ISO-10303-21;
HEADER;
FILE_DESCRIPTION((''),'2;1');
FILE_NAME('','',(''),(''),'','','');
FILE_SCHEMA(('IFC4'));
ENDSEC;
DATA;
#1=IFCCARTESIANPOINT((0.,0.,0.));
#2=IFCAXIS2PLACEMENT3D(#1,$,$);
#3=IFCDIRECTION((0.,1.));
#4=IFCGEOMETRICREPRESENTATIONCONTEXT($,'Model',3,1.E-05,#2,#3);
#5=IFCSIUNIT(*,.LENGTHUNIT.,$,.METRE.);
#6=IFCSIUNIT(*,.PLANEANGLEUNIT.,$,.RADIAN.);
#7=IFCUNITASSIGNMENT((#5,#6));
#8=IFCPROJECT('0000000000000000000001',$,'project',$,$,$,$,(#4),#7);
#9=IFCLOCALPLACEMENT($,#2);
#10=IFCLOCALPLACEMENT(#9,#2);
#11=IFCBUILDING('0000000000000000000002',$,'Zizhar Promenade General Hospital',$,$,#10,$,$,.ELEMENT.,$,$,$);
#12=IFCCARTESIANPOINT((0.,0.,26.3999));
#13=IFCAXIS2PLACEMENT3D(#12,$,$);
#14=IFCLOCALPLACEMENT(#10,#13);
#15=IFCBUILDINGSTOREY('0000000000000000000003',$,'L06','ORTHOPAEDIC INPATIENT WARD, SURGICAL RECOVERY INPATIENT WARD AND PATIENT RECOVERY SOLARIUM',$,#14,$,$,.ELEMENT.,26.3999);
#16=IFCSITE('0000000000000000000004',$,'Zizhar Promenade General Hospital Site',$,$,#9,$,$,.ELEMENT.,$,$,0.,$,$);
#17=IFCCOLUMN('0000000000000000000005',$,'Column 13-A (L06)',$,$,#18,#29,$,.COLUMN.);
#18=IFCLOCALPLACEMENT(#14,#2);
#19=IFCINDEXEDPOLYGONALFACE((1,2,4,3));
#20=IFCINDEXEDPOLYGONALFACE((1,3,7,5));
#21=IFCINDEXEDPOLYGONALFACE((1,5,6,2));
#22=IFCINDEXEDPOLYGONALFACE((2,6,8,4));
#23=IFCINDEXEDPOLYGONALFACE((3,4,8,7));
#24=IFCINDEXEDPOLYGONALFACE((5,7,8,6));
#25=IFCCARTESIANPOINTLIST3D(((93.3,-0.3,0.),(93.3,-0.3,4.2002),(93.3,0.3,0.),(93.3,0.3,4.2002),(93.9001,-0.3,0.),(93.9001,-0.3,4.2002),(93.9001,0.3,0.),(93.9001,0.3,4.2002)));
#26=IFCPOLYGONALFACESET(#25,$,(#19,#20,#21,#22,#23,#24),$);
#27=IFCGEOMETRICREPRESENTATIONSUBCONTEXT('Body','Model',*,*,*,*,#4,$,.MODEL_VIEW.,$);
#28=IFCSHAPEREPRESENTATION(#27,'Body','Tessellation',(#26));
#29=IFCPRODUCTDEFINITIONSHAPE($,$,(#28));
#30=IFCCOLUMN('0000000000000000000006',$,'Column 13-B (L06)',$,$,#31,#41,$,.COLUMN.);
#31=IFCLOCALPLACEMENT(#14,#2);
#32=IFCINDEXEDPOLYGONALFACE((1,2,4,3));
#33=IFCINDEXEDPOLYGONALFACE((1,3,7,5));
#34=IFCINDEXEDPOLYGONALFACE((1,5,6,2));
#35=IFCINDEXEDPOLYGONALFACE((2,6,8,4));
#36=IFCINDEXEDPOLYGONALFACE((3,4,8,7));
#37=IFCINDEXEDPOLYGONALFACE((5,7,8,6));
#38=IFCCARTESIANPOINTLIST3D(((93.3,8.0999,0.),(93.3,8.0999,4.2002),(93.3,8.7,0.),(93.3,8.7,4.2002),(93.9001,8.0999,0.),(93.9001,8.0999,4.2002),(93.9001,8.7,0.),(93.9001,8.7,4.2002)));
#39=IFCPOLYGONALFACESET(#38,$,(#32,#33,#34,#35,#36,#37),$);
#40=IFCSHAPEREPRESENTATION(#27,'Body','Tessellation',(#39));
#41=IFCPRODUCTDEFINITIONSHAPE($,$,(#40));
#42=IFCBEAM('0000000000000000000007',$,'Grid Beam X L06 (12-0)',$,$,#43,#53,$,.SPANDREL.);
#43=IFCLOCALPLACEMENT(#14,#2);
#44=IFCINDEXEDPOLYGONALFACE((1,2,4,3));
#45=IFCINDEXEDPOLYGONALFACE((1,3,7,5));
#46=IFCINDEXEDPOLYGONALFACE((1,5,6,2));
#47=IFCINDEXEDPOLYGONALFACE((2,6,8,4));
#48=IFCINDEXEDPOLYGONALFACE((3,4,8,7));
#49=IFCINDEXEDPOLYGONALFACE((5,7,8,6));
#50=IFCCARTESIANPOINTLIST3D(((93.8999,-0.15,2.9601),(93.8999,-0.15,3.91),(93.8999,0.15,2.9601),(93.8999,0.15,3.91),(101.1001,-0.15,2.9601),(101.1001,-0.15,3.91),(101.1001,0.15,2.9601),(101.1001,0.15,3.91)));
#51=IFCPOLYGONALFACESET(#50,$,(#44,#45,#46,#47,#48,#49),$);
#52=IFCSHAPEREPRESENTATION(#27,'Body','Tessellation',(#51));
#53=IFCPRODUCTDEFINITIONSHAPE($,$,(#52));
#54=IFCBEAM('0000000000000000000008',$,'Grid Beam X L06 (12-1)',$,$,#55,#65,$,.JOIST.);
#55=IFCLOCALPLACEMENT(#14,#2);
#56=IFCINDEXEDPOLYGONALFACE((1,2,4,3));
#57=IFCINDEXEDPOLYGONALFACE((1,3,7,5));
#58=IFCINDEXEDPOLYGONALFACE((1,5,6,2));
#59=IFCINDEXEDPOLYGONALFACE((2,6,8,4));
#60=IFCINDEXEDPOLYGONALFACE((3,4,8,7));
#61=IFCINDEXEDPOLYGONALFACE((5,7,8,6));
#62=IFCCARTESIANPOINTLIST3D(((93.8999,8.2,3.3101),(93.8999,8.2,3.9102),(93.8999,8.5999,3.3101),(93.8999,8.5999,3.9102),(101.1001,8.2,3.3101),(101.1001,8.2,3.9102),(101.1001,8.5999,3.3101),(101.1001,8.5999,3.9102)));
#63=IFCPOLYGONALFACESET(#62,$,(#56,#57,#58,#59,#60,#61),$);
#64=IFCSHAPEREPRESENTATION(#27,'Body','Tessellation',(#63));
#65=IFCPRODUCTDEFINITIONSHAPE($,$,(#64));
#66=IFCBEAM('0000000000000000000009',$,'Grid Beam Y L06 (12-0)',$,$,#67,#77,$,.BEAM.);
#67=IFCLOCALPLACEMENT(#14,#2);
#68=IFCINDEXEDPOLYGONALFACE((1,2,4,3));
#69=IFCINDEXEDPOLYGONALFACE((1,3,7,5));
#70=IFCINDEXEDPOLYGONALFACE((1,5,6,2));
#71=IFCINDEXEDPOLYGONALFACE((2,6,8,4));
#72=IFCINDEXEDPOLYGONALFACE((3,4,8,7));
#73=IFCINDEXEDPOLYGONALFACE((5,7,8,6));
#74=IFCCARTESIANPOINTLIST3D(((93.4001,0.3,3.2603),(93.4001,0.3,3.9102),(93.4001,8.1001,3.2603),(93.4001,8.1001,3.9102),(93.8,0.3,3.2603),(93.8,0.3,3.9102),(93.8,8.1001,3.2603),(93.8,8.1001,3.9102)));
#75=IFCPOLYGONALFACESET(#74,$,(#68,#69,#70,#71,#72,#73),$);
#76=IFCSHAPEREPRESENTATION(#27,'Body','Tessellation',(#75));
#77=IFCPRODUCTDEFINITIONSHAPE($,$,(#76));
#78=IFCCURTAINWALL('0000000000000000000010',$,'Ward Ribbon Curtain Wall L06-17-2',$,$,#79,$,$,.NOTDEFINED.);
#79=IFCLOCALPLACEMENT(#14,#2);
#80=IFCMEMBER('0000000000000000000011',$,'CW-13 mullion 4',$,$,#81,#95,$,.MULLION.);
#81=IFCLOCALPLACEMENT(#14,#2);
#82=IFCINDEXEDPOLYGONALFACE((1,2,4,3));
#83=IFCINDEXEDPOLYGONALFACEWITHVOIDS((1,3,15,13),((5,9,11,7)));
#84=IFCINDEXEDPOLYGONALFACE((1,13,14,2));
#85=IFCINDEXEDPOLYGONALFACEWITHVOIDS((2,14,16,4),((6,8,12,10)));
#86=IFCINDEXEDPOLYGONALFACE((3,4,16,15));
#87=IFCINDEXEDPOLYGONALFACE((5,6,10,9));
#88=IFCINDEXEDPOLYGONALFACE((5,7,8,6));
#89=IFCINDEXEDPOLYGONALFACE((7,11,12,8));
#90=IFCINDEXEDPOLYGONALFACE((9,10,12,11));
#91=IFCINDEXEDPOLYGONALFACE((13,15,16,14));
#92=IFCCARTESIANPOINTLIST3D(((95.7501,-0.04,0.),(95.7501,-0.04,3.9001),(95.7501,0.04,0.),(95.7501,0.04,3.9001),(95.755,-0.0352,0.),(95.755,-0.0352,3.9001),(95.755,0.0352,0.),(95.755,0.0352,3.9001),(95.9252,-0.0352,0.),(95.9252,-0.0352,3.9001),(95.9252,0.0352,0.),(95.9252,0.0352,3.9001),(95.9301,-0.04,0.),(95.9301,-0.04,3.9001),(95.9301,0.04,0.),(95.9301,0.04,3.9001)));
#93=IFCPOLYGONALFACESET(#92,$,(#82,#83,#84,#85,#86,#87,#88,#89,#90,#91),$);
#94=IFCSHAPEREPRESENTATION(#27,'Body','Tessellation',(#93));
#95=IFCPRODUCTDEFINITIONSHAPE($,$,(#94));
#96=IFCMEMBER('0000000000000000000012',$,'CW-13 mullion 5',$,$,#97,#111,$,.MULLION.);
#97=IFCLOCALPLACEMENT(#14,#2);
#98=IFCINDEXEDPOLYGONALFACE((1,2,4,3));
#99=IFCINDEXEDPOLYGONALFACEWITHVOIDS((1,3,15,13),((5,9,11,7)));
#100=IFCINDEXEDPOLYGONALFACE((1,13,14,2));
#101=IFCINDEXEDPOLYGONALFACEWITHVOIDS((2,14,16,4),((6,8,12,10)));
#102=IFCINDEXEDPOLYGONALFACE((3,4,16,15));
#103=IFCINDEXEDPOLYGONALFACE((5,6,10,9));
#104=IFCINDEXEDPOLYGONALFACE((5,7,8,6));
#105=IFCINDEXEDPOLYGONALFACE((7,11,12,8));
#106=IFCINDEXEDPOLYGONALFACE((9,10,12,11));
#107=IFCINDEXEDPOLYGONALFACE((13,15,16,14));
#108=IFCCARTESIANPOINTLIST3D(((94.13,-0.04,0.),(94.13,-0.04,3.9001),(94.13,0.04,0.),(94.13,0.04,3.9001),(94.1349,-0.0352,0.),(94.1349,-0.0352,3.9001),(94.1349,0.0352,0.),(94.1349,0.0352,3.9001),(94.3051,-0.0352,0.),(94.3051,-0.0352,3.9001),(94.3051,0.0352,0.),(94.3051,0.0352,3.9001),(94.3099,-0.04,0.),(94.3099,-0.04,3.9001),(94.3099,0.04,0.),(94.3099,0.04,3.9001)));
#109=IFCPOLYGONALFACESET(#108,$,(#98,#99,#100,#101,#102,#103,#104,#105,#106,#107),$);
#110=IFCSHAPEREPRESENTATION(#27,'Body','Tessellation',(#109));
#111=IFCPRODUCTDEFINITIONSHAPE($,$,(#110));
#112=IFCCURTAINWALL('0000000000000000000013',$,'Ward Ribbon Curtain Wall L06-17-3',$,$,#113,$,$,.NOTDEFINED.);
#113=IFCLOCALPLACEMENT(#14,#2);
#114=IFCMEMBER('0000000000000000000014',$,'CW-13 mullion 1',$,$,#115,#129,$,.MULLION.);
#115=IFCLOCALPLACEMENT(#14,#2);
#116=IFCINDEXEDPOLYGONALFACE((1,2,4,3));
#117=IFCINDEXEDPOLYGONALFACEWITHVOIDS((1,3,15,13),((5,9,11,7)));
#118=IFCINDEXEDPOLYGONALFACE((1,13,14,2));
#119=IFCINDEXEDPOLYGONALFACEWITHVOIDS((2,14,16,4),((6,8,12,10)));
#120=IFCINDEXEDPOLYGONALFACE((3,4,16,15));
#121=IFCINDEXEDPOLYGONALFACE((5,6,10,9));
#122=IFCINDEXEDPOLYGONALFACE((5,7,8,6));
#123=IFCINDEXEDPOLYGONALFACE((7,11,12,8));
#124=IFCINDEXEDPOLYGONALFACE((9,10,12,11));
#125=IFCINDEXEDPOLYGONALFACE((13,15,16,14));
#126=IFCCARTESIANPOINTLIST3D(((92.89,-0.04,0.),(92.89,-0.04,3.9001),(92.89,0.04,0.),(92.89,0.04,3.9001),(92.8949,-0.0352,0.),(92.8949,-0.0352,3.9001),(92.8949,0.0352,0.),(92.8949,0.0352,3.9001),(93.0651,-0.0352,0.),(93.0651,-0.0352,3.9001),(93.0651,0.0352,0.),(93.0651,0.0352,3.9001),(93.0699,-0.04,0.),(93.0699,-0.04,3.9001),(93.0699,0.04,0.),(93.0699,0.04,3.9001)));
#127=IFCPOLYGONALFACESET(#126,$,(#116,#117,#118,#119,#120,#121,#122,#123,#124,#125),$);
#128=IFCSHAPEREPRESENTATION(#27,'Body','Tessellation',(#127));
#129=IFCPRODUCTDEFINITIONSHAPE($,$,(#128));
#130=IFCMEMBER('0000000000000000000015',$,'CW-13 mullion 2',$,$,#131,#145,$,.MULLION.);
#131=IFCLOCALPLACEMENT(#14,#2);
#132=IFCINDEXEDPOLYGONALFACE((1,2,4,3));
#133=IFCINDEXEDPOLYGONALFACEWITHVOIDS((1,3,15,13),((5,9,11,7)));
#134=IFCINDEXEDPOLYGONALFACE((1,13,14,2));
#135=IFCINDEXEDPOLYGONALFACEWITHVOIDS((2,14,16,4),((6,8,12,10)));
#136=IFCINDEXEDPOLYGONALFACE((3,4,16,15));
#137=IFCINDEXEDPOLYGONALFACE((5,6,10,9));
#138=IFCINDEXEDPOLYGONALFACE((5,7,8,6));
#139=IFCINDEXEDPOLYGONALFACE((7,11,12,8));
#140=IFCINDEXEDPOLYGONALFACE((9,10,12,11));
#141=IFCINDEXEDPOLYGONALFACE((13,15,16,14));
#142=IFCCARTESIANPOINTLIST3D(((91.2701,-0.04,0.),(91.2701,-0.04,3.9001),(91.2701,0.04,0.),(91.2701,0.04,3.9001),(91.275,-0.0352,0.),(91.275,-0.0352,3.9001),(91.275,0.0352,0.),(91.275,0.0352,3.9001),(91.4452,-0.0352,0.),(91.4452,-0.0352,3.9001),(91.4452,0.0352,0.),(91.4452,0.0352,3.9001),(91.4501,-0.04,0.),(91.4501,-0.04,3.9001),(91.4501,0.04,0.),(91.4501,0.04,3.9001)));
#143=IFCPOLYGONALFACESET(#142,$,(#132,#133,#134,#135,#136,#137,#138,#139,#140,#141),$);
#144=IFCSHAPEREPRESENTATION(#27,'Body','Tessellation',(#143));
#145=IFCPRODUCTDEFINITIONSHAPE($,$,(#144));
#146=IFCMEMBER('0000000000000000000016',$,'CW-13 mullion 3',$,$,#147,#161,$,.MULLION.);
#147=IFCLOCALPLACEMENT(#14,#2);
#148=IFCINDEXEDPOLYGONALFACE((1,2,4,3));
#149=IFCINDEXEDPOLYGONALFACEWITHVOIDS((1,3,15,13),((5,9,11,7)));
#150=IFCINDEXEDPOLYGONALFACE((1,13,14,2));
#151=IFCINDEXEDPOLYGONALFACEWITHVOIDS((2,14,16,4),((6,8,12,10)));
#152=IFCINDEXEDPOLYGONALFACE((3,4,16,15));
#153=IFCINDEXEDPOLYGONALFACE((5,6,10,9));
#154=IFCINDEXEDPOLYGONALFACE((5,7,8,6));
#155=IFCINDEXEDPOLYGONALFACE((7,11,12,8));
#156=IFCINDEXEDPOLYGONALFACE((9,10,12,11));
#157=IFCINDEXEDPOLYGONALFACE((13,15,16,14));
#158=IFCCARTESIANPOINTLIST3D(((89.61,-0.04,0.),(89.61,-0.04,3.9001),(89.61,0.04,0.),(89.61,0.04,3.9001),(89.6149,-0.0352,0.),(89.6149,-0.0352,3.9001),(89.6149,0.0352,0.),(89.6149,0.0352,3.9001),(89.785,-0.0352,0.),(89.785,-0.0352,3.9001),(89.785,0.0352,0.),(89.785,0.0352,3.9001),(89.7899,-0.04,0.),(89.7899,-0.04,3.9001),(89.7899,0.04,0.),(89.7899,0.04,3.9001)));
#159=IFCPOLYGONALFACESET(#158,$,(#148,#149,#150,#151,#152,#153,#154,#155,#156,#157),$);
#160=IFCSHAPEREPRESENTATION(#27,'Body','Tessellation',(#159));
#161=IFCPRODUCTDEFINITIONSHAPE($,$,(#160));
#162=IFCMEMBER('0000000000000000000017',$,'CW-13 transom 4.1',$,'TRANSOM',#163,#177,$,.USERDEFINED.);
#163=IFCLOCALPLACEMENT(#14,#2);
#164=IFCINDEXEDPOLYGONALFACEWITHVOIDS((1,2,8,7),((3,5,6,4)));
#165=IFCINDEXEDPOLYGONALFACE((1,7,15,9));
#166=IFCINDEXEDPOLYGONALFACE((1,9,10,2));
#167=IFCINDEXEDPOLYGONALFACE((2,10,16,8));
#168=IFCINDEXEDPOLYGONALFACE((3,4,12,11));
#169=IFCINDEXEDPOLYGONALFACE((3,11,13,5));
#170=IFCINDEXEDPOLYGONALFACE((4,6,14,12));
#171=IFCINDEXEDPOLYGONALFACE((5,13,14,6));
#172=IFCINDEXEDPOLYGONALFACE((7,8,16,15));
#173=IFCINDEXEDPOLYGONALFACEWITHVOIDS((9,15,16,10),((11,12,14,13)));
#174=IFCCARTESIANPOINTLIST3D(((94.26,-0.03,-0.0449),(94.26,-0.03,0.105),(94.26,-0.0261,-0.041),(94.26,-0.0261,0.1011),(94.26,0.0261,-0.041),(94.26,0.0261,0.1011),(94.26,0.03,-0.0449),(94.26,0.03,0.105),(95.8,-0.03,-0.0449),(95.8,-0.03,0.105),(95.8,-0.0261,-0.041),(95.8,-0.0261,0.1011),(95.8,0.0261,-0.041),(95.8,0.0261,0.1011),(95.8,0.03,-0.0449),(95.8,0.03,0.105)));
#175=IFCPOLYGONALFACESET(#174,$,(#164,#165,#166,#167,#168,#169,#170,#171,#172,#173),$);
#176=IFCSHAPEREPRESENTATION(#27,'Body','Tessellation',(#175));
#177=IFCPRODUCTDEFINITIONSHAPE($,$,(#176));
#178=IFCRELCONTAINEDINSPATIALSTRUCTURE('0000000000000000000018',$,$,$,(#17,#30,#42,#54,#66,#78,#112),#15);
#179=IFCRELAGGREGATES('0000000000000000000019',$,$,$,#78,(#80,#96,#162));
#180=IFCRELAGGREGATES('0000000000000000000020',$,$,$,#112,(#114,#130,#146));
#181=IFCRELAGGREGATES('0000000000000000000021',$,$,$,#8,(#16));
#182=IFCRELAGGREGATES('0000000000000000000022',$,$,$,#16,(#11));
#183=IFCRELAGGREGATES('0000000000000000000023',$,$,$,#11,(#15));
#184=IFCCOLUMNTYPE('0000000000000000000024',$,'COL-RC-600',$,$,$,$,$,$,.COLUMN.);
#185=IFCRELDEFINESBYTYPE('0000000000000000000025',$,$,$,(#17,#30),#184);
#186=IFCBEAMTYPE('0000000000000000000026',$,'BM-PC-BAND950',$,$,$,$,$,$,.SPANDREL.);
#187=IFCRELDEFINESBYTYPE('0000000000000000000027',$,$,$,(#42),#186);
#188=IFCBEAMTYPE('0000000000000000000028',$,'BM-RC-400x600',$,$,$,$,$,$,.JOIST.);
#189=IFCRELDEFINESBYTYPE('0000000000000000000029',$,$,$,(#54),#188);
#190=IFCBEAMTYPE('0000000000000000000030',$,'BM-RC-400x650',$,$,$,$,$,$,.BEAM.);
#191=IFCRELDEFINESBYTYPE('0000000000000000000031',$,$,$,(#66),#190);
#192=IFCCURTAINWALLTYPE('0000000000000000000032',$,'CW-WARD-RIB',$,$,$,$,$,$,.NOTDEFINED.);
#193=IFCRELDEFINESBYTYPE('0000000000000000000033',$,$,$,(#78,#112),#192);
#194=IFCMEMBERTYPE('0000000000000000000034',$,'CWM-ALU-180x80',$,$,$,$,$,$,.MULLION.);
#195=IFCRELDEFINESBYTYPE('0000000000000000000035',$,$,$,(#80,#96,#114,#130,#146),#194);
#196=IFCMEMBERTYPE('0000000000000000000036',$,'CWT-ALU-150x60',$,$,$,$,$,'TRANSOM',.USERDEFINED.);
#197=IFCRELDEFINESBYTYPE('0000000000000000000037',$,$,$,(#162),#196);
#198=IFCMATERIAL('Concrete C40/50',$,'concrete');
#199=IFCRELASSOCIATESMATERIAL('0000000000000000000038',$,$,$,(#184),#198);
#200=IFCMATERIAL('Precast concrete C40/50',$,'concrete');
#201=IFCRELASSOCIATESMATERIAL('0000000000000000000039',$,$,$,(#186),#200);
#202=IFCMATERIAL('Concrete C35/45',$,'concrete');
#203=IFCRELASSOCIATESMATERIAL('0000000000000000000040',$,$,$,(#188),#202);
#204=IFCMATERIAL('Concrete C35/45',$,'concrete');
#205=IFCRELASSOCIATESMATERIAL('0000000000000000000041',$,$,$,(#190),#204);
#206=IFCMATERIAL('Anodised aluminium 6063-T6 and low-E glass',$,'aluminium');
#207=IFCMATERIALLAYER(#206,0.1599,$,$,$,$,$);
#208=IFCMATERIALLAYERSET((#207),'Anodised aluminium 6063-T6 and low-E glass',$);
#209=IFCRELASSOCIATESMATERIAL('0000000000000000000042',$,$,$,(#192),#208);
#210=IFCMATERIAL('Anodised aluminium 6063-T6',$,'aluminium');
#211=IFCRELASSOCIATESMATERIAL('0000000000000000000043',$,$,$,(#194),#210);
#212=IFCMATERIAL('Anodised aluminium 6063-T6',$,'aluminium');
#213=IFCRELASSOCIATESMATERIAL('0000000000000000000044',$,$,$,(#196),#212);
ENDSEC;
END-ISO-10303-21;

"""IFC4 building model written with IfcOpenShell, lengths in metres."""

from ifc_helpers import new_model, si_unit, direction, frame, origin, origin_2d, place, context, subcontext, project, spatial, rectangle, hollow_rectangle, extrude, material, layer, layer_set, material_profile, profile_set, type_object, element, aggregate, save


model = new_model("IFC4")

# Units and contexts
model_context = context("Model", 3, precision=1e-05, world=origin(), true_north=direction((0.0, 1.0)))
body_context = subcontext(model_context, "Body", "Model", "MODEL_VIEW")
ifc_project = project(units=[si_unit("LENGTHUNIT", "METRE"), si_unit("PLANEANGLEUNIT", "RADIAN")], contexts=[model_context])

# Site, building, storey
site_placement = place(None, origin())
site = spatial("IfcSite", under=ifc_project, at=site_placement, Name="Zizhar Promenade General Hospital Site", CompositionType="ELEMENT", RefElevation=0.0)
building_placement = place(site_placement, origin())
building = spatial("IfcBuilding", under=site, at=building_placement, Name="Zizhar Promenade General Hospital", CompositionType="ELEMENT")
storey_placement = place(building_placement, frame((0.0, 0.0, 26.3999)))
storey = spatial("IfcBuildingStorey", under=building, at=storey_placement, Name="L06", Description="ORTHOPAEDIC INPATIENT WARD, SURGICAL RECOVERY INPATIENT WARD AND PATIENT RECOVERY SOLARIUM", CompositionType="ELEMENT", Elevation=26.3999)

# Columns
ifc_material_1 = material(Name="Concrete C40/50", Category="concrete")
ifc_material_profile_1 = material_profile(ifc_material_1, rectangle(XDim=0.6001, YDim=0.6001, at=origin_2d()))
ifc_profile_set_1 = profile_set([ifc_material_profile_1], Name="Concrete C40/50")
column_type = type_object("IfcColumnType", Name="COL-RC-600", PredefinedType="COLUMN", material=ifc_profile_set_1)
for number, where, z_axis, x_axis, name in (
    (1, (93.6001, 0.0, 0.0), (0.0, 0.0, 1.0), (1.0, 0.0, 0.0), "Column 13-A (L06)"),
    (2, (93.6001, 8.3999, 0.0), (0.0, 0.0, 1.0), (1.0, 0.0, 0.0), "Column 13-B (L06)"),
):
    element("IfcColumn", number, at=place(storey_placement, frame(where, z_axis=z_axis, x_axis=x_axis)), inside=storey, type_object=column_type, Name=name, PredefinedType="COLUMN", context=body_context, shape_type="SweptSolid", body=[
        extrude(rectangle(XDim=0.6001, YDim=0.6001, at=origin_2d()), origin(), (0.0, 0.0, 1.0), 4.2002),
    ])

# Beams
ifc_material_2 = material(Name="Precast concrete C40/50", Category="concrete")
ifc_material_profile_2 = material_profile(ifc_material_2, rectangle(XDim=0.3, YDim=0.95, at=origin_2d()))
ifc_profile_set_2 = profile_set([ifc_material_profile_2], Name="Precast concrete C40/50")
beam_type_1 = type_object("IfcBeamType", Name="BM-PC-BAND950", PredefinedType="SPANDREL", material=ifc_profile_set_2)
beam_1_placement = place(storey_placement, frame((93.8999, 0.0, 3.4351), z_axis=(1.0, 0.0, 0.0), x_axis=(0.0, 1.0, 0.0)))
element("IfcBeam", 3, at=beam_1_placement, inside=storey, type_object=beam_type_1, Name="Grid Beam X L06 (12-0)", PredefinedType="SPANDREL", context=body_context, shape_type="SweptSolid", body=[
    extrude(rectangle(XDim=0.3, YDim=0.95, at=origin_2d()), origin(), (0.0, 0.0, 1.0), 7.2002),
])
ifc_material_3 = material(Name="Concrete C35/45", Category="concrete")
ifc_material_profile_3 = material_profile(ifc_material_3, rectangle(XDim=0.3999, YDim=0.6001, at=origin_2d()))
ifc_profile_set_3 = profile_set([ifc_material_profile_3], Name="Concrete C35/45")
beam_type_2 = type_object("IfcBeamType", Name="BM-RC-400x600", PredefinedType="JOIST", material=ifc_profile_set_3)
beam_2_placement = place(storey_placement, frame((93.8999, 8.3999, 3.6101), z_axis=(1.0, 0.0, 0.0), x_axis=(0.0, 1.0, 0.0)))
element("IfcBeam", 4, at=beam_2_placement, inside=storey, type_object=beam_type_2, Name="Grid Beam X L06 (12-1)", PredefinedType="JOIST", context=body_context, shape_type="SweptSolid", body=[
    extrude(rectangle(XDim=0.3999, YDim=0.6001, at=origin_2d()), origin(), (0.0, 0.0, 1.0), 7.2002),
])
ifc_material_4 = material(Name="Concrete C35/45", Category="concrete")
ifc_material_profile_4 = material_profile(ifc_material_4, rectangle(XDim=0.3999, YDim=0.6499, at=origin_2d()))
ifc_profile_set_4 = profile_set([ifc_material_profile_4], Name="Concrete C35/45")
beam_type_3 = type_object("IfcBeamType", Name="BM-RC-400x650", PredefinedType="BEAM", material=ifc_profile_set_4)
beam_3_placement = place(storey_placement, frame((93.6001, 0.3, 3.5852), z_axis=(0.0, 1.0, 0.0), x_axis=(-1.0, 0.0, 0.0)))
element("IfcBeam", 5, at=beam_3_placement, inside=storey, type_object=beam_type_3, Name="Grid Beam Y L06 (12-0)", PredefinedType="BEAM", context=body_context, shape_type="SweptSolid", body=[
    extrude(rectangle(XDim=0.3999, YDim=0.6499, at=origin_2d()), origin(), (0.0, 0.0, 1.0), 7.8),
])

# Curtain walls, members
ifc_material_5 = material(Name="Anodised aluminium 6063-T6 and low-E glass", Category="aluminium")
ifc_layer_1 = layer(ifc_material_5, 0.1599)
ifc_layer_set_1 = layer_set([ifc_layer_1], Name="Anodised aluminium 6063-T6 and low-E glass")
curtain_wall_type = type_object("IfcCurtainWallType", Name="CW-WARD-RIB", PredefinedType="NOTDEFINED", material=ifc_layer_set_1)
curtain_wall_1_placement = place(storey_placement, origin())
curtain_wall_1 = element("IfcCurtainWall", 6, at=curtain_wall_1_placement, inside=storey, type_object=curtain_wall_type, Name="Ward Ribbon Curtain Wall L06-17-2", PredefinedType="NOTDEFINED")
ifc_material_6 = material(Name="Anodised aluminium 6063-T6", Category="aluminium")
ifc_material_profile_5 = material_profile(ifc_material_6, hollow_rectangle(XDim=0.0801, YDim=0.1799, WallThickness=0.0049, at=origin_2d()))
ifc_profile_set_5 = profile_set([ifc_material_profile_5], Name="Anodised aluminium 6063-T6")
member_type_1 = type_object("IfcMemberType", Name="CWM-ALU-180x80", PredefinedType="MULLION", material=ifc_profile_set_5)
member_1_placement = place(storey_placement, frame((95.8401, 0.0, 0.0), z_axis=(0.0, 0.0, 1.0), x_axis=(0.0, -1.0, 0.0)))
member_1 = element("IfcMember", 7, at=member_1_placement, type_object=member_type_1, Name="CW-13 mullion 4", PredefinedType="MULLION", context=body_context, shape_type="SweptSolid", body=[
    extrude(hollow_rectangle(XDim=0.0801, YDim=0.1799, WallThickness=0.0049, at=origin_2d()), origin(), (0.0, 0.0, 1.0), 3.9001),
])
member_2_placement = place(storey_placement, frame((94.22, 0.0, 0.0), z_axis=(0.0, 0.0, 1.0), x_axis=(0.0, -1.0, 0.0)))
member_2 = element("IfcMember", 8, at=member_2_placement, type_object=member_type_1, Name="CW-13 mullion 5", PredefinedType="MULLION", context=body_context, shape_type="SweptSolid", body=[
    extrude(hollow_rectangle(XDim=0.0801, YDim=0.1799, WallThickness=0.0049, at=origin_2d()), origin(), (0.0, 0.0, 1.0), 3.9001),
])
curtain_wall_2_placement = place(storey_placement, origin())
curtain_wall_2 = element("IfcCurtainWall", 9, at=curtain_wall_2_placement, inside=storey, type_object=curtain_wall_type, Name="Ward Ribbon Curtain Wall L06-17-3", PredefinedType="NOTDEFINED")
member_3_placement = place(storey_placement, frame((92.98, 0.0, 0.0), z_axis=(0.0, 0.0, 1.0), x_axis=(0.0, -1.0, 0.0)))
member_3 = element("IfcMember", 10, at=member_3_placement, type_object=member_type_1, Name="CW-13 mullion 1", PredefinedType="MULLION", context=body_context, shape_type="SweptSolid", body=[
    extrude(hollow_rectangle(XDim=0.0801, YDim=0.1799, WallThickness=0.0049, at=origin_2d()), origin(), (0.0, 0.0, 1.0), 3.9001),
])
member_4_placement = place(storey_placement, frame((91.3601, 0.0, 0.0), z_axis=(0.0, 0.0, 1.0), x_axis=(0.0, -1.0, 0.0)))
member_4 = element("IfcMember", 11, at=member_4_placement, type_object=member_type_1, Name="CW-13 mullion 2", PredefinedType="MULLION", context=body_context, shape_type="SweptSolid", body=[
    extrude(hollow_rectangle(XDim=0.0801, YDim=0.1799, WallThickness=0.0049, at=origin_2d()), origin(), (0.0, 0.0, 1.0), 3.9001),
])
member_5_placement = place(storey_placement, frame((89.7, 0.0, 0.0), z_axis=(0.0, 0.0, 1.0), x_axis=(0.0, -1.0, 0.0)))
member_5 = element("IfcMember", 12, at=member_5_placement, type_object=member_type_1, Name="CW-13 mullion 3", PredefinedType="MULLION", context=body_context, shape_type="SweptSolid", body=[
    extrude(hollow_rectangle(XDim=0.0801, YDim=0.1799, WallThickness=0.0049, at=origin_2d()), origin(), (0.0, 0.0, 1.0), 3.9001),
])

# Member
ifc_material_7 = material(Name="Anodised aluminium 6063-T6", Category="aluminium")
ifc_material_profile_6 = material_profile(ifc_material_7, hollow_rectangle(XDim=0.0601, YDim=0.1499, WallThickness=0.0039, at=origin_2d()))
ifc_profile_set_6 = profile_set([ifc_material_profile_6], Name="Anodised aluminium 6063-T6")
member_type_2 = type_object("IfcMemberType", Name="CWT-ALU-150x60", ElementType="TRANSOM", PredefinedType="USERDEFINED", material=ifc_profile_set_6)
member_6_placement = place(storey_placement, frame((95.8, 0.0, 0.03), z_axis=(-1.0, 0.0, 0.0), x_axis=(0.0, -1.0, 0.0)))
member_6 = element("IfcMember", 13, at=member_6_placement, type_object=member_type_2, Name="CW-13 transom 4.1", ObjectType="TRANSOM", PredefinedType="USERDEFINED", context=body_context, shape_type="SweptSolid", body=[
    extrude(hollow_rectangle(XDim=0.0601, YDim=0.1499, WallThickness=0.0039, at=origin_2d()), origin(), (0.0, 0.0, 1.0), 1.54),
])

aggregate(curtain_wall_1, [member_1, member_2, member_6])
aggregate(curtain_wall_2, [member_3, member_4, member_5])

save(model, "model.ifc")
